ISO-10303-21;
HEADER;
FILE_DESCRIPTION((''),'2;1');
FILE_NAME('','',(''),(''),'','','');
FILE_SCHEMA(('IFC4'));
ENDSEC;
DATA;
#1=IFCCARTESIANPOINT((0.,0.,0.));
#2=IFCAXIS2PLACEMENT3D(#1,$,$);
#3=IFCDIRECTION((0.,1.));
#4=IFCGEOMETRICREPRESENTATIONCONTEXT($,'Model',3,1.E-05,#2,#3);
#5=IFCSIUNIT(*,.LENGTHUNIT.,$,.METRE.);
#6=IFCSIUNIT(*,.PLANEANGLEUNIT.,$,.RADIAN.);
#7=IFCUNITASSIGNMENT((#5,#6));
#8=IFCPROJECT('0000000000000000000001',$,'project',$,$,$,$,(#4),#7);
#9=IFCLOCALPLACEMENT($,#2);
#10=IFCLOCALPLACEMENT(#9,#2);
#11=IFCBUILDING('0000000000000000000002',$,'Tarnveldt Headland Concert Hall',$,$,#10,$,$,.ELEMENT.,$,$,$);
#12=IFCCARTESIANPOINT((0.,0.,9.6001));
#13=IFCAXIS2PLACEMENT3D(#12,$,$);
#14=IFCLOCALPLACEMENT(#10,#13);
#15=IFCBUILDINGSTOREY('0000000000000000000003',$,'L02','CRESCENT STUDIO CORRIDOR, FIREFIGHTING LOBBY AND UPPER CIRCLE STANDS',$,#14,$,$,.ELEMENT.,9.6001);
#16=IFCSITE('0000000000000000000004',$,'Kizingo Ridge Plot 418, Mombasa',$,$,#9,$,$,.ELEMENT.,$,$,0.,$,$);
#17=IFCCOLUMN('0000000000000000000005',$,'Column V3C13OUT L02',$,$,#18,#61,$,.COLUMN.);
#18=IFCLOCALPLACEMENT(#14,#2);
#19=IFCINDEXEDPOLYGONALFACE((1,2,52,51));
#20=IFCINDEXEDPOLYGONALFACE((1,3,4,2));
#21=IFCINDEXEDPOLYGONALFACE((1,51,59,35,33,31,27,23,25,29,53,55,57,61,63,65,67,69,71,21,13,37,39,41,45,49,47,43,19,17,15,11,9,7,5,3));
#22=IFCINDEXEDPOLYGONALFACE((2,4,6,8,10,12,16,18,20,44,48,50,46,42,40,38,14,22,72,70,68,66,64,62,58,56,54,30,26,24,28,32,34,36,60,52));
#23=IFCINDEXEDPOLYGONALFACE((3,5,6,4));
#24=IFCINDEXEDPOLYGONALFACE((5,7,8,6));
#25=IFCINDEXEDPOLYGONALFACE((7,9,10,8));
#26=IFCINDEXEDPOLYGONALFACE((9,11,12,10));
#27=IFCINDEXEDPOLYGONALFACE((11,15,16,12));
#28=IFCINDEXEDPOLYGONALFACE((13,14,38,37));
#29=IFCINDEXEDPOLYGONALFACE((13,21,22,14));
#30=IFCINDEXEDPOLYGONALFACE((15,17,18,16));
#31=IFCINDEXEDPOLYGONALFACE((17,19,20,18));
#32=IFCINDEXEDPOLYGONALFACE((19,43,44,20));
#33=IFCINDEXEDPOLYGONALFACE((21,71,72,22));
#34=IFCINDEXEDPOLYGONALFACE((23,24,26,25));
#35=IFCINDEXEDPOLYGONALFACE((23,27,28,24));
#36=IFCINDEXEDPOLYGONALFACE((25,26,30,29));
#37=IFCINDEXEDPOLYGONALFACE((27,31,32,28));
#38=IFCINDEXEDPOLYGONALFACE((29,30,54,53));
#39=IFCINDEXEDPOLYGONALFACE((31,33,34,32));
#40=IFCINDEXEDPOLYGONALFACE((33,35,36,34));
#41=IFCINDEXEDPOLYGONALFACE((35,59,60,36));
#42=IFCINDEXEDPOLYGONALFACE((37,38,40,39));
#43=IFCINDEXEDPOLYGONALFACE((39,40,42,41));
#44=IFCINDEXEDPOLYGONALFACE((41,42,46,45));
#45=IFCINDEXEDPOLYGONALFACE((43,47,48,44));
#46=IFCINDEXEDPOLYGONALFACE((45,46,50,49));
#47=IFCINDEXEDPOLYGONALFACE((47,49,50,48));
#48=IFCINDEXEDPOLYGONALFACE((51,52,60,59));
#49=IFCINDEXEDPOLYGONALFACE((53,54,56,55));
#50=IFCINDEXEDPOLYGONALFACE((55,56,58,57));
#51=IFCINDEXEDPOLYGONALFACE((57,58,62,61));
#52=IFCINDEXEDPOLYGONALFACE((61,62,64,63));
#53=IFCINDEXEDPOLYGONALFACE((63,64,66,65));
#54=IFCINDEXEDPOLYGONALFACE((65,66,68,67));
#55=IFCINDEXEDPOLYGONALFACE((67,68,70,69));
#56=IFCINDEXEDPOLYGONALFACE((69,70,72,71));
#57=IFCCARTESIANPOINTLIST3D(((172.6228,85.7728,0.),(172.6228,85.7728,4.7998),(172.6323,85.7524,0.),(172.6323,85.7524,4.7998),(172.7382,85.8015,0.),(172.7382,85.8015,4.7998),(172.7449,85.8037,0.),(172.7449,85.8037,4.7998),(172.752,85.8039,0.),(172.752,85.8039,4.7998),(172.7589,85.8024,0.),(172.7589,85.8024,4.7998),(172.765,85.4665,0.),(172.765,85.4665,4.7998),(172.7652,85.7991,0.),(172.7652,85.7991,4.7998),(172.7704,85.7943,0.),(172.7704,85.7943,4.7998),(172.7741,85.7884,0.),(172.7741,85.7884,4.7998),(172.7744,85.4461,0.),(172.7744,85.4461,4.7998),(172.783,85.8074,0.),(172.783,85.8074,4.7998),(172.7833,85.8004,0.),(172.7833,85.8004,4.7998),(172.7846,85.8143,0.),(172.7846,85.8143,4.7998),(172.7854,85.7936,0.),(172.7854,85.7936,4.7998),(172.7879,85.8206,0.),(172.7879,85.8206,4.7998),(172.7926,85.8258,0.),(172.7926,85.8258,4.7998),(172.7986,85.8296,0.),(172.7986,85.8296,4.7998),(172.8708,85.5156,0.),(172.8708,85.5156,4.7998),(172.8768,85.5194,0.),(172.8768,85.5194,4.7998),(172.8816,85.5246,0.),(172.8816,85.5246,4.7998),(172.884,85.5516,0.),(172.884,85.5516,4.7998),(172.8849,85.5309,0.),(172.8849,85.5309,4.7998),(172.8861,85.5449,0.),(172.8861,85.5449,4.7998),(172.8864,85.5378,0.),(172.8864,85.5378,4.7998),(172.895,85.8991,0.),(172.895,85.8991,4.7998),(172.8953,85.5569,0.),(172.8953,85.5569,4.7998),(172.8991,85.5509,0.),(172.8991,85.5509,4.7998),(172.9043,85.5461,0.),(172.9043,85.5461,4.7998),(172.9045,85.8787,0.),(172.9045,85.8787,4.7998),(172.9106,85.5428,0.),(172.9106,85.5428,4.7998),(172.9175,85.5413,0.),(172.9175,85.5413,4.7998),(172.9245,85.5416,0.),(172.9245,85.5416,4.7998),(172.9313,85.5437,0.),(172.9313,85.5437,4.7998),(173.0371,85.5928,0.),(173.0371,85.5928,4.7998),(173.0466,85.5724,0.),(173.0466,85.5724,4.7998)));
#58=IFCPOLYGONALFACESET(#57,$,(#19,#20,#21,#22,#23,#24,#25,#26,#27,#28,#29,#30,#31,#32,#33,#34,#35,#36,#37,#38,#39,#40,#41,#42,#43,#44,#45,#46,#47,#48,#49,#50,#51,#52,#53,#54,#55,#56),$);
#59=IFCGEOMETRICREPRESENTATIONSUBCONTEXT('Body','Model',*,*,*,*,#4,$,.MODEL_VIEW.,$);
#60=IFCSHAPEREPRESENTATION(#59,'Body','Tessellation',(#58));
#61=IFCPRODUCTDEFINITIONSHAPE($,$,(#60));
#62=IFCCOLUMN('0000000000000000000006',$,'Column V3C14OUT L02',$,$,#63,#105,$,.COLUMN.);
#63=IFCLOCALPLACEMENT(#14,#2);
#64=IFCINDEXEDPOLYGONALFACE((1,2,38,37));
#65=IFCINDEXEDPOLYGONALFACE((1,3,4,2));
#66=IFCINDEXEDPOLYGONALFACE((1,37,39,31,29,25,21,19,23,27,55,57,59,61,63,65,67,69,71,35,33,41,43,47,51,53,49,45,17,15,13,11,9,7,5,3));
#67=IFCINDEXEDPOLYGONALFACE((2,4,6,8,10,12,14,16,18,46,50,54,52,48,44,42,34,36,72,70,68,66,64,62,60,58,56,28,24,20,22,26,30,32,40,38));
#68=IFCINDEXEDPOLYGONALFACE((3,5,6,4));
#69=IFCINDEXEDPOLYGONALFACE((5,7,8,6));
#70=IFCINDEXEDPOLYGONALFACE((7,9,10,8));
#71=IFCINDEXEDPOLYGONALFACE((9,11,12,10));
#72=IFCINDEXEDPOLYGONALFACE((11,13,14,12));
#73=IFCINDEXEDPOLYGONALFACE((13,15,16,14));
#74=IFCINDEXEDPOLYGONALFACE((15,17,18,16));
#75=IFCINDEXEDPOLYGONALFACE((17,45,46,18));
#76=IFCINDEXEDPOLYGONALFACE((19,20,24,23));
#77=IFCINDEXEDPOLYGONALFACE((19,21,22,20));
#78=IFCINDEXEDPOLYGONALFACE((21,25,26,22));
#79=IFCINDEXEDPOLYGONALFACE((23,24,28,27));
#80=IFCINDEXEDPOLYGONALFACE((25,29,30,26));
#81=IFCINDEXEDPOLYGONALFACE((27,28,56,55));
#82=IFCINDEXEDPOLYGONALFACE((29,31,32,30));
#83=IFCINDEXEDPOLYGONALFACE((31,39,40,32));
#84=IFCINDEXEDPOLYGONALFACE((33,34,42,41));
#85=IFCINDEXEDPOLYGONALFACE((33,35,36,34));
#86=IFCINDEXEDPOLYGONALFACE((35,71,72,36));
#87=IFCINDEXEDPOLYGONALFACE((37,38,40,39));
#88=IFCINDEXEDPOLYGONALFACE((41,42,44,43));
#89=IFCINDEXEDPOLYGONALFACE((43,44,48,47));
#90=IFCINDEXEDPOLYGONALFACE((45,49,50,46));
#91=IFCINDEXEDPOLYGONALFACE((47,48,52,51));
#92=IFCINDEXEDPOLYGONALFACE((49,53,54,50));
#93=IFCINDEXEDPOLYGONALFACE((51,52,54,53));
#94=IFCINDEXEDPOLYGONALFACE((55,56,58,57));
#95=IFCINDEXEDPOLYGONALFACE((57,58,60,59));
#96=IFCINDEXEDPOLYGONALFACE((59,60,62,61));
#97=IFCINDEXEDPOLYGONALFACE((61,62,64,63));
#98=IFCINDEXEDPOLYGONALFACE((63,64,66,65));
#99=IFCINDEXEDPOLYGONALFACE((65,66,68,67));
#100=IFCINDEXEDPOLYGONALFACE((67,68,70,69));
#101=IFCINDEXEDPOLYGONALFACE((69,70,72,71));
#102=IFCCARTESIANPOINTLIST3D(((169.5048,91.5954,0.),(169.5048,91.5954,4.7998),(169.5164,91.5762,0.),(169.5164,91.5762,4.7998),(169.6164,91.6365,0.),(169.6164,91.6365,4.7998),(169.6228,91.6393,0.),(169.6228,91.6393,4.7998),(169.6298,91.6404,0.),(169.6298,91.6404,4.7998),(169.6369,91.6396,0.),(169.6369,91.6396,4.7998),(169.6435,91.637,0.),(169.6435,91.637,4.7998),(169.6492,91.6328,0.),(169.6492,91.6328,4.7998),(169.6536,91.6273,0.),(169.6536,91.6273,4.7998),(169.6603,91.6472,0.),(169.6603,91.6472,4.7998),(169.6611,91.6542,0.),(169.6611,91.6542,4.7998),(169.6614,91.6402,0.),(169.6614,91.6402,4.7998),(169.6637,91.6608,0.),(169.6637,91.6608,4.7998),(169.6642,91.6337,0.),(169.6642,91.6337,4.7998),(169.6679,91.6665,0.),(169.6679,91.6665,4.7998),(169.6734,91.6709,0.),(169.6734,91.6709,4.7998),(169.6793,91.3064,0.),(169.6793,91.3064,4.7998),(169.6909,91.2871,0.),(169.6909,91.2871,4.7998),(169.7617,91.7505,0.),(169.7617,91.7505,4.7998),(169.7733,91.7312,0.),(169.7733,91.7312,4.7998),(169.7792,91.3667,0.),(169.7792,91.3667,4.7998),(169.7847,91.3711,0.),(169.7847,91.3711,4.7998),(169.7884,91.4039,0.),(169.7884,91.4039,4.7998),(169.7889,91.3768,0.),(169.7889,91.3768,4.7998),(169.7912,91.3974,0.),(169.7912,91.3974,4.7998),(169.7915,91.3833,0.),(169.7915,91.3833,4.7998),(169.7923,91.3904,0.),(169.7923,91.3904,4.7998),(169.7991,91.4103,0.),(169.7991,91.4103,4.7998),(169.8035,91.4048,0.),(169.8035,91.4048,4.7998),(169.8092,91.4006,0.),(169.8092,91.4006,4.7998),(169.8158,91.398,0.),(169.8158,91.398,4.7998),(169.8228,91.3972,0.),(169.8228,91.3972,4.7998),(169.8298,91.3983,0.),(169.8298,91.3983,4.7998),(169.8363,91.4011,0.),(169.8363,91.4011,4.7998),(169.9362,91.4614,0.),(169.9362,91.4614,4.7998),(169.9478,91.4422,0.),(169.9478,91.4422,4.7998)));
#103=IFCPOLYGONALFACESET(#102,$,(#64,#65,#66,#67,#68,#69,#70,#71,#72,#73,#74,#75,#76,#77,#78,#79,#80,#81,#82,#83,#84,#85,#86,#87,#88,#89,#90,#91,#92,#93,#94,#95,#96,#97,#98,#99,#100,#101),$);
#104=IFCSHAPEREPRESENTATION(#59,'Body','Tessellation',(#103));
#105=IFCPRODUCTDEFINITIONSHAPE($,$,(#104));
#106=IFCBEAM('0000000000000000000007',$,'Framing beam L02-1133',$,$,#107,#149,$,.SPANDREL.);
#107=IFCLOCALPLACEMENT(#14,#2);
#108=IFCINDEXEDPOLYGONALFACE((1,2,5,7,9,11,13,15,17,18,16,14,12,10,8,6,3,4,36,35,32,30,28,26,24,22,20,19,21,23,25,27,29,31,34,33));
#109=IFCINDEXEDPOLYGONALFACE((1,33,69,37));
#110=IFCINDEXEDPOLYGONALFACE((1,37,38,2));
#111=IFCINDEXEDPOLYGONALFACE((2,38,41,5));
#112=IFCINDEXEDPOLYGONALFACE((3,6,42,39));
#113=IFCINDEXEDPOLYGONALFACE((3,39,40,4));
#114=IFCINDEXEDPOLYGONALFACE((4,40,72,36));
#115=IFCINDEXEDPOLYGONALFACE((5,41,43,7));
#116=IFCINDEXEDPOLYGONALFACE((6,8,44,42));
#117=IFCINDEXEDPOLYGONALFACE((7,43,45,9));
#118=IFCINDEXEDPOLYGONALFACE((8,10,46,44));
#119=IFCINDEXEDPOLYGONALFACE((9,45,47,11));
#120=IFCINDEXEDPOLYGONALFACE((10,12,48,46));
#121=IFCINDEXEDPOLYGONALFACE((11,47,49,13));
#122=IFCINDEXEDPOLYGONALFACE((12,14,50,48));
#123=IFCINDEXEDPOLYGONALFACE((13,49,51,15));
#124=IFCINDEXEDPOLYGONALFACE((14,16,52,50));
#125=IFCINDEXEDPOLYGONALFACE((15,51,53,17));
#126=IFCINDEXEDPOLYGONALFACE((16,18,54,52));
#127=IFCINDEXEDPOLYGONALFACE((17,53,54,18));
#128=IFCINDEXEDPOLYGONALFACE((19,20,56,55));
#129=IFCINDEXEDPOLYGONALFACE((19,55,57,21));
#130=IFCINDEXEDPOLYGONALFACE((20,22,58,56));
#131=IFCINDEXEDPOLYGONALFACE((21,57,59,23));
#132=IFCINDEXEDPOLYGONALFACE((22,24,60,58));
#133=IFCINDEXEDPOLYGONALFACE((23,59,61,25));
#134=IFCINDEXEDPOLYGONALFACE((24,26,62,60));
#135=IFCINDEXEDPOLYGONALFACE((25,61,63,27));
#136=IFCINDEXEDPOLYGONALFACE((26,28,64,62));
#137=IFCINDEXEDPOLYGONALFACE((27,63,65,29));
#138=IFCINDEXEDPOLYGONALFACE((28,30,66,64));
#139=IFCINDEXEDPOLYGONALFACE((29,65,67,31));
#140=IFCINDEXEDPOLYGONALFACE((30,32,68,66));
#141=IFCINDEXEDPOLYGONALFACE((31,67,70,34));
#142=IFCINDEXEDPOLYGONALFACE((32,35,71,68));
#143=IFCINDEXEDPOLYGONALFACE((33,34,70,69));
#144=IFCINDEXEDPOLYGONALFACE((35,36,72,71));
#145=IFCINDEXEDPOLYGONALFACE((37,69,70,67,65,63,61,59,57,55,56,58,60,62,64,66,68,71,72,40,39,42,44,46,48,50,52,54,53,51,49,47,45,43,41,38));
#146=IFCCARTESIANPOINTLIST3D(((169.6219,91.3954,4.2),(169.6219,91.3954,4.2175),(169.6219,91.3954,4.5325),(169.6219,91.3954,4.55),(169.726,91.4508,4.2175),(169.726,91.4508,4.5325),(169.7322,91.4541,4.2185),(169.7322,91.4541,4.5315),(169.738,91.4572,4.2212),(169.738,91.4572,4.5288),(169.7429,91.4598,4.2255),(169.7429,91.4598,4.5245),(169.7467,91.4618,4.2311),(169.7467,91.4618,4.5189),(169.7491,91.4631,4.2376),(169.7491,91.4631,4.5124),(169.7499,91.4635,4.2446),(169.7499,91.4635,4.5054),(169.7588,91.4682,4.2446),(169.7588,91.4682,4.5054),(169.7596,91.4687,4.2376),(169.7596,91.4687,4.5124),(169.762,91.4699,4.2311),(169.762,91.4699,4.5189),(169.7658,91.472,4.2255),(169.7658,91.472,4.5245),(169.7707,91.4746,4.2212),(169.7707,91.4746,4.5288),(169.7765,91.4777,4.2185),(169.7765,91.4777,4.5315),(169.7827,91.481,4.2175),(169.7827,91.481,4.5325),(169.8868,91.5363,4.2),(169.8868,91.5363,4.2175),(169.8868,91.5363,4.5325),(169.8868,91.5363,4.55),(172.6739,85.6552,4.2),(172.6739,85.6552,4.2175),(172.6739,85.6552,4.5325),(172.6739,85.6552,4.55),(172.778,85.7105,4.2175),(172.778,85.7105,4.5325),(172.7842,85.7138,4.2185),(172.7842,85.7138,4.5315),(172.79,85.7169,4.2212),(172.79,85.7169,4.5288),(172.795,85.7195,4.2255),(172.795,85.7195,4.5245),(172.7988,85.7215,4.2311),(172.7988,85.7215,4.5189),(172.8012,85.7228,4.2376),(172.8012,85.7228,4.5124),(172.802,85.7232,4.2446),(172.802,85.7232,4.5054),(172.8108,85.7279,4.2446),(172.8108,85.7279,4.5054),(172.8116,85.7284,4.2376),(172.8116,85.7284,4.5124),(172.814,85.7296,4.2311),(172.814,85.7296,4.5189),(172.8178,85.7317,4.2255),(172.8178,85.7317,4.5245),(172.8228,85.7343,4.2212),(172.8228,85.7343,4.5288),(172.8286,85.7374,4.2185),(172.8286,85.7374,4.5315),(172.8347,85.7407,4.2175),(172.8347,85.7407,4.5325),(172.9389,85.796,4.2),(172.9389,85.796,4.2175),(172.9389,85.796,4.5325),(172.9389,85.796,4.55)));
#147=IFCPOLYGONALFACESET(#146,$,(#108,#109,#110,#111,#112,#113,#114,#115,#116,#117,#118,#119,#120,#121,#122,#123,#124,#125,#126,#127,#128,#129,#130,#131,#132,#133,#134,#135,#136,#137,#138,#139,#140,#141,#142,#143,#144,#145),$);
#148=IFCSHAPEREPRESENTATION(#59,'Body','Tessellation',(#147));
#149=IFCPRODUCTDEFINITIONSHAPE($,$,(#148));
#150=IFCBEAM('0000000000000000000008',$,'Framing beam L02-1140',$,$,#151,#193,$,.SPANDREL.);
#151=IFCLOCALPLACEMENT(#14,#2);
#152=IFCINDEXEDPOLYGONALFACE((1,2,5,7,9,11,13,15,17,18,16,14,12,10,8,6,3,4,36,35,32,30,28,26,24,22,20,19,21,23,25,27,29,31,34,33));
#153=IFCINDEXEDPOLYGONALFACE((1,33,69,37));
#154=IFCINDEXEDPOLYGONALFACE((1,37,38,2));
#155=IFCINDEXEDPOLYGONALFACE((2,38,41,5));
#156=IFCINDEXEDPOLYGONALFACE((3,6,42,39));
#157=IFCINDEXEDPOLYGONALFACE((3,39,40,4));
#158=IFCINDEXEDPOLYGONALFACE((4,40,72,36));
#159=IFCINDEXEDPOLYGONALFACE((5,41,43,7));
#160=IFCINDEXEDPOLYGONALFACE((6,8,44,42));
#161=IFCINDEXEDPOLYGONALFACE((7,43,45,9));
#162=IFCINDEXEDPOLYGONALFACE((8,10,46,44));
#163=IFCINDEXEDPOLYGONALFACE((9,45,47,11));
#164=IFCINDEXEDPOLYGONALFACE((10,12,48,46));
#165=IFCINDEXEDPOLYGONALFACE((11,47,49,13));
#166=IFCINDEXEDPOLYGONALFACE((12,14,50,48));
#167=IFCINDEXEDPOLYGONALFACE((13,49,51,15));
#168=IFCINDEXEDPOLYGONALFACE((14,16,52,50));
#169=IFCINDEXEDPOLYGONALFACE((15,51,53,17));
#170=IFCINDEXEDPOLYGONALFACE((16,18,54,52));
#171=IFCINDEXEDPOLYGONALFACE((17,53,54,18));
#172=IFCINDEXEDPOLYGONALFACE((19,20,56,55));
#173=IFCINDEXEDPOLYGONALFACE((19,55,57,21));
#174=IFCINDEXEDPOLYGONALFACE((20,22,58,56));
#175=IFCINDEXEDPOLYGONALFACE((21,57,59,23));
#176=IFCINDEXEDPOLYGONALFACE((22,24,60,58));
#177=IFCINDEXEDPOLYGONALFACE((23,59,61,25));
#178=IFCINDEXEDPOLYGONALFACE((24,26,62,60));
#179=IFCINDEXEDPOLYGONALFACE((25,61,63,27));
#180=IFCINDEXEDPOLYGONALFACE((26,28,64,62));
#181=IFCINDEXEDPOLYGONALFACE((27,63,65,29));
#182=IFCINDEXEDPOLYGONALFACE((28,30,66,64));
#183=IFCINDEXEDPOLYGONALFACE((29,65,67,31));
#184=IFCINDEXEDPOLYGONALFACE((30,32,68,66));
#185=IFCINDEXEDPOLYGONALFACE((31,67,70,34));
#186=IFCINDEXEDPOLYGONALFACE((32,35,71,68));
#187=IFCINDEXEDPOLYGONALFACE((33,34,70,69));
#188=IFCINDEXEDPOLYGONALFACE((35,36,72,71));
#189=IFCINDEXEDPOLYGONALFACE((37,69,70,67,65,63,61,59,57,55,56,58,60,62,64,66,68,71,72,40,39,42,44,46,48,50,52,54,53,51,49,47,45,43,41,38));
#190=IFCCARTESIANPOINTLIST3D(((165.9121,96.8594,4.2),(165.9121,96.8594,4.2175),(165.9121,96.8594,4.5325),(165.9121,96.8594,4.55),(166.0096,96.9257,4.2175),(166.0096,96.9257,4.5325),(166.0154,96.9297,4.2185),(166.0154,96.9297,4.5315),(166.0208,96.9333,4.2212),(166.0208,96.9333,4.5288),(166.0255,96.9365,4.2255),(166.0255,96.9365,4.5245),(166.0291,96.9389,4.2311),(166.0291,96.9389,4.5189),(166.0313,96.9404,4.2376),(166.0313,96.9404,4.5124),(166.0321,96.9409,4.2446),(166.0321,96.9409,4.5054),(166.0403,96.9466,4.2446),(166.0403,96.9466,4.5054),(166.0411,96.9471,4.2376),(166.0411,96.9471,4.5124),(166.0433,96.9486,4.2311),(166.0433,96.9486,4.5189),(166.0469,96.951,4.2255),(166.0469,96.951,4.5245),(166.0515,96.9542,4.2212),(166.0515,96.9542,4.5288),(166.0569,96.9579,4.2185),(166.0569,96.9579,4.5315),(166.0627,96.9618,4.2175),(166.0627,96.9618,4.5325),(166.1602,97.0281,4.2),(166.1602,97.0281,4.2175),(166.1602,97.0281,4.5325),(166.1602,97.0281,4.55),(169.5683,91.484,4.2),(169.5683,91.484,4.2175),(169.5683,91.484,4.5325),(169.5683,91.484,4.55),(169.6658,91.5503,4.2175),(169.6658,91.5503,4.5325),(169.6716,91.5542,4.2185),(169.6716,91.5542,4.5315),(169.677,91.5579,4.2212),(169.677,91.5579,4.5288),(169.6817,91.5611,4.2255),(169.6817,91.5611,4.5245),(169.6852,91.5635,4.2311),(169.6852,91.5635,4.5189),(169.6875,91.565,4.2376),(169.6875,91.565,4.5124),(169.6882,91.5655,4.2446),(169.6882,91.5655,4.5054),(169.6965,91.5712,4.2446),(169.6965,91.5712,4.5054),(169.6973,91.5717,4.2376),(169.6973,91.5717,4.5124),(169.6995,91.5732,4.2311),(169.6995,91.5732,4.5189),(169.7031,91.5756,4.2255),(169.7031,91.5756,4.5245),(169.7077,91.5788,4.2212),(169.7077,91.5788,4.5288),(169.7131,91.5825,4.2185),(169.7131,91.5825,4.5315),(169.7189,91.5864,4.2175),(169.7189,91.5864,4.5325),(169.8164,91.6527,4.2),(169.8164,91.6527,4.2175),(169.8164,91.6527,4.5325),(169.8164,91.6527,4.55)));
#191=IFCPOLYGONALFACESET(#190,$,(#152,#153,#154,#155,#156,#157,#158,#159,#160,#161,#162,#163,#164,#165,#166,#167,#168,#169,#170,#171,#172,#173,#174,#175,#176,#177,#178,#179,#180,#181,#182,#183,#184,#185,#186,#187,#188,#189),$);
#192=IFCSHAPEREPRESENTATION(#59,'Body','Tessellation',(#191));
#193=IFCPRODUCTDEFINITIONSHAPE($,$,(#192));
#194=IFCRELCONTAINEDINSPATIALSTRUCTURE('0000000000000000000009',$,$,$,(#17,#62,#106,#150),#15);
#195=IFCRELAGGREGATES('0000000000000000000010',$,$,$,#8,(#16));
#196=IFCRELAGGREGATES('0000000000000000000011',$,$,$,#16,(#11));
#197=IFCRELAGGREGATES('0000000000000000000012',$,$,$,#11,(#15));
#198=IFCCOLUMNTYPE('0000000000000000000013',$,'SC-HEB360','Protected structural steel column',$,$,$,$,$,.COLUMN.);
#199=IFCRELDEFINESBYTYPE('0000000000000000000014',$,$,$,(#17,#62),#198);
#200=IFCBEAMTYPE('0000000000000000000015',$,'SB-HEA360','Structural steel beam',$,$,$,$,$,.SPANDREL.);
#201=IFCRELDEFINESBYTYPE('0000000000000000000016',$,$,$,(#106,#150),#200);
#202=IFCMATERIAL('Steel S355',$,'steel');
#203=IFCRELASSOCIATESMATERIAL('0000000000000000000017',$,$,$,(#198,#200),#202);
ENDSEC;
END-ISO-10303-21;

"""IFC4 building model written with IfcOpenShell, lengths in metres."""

from ifc_helpers import new_model, si_unit, direction, frame, origin, origin_2d, place, context, subcontext, project, spatial, i_section, extrude, material, material_profile, profile_set, type_object, element, save


model = new_model("IFC4")

# Units and contexts
model_context = context("Model", 3, precision=1e-05, world=origin(), true_north=direction((0.0, 1.0)))
body_context = subcontext(model_context, "Body", "Model", "MODEL_VIEW")
ifc_project = project(units=[si_unit("LENGTHUNIT", "METRE"), si_unit("PLANEANGLEUNIT", "RADIAN")], contexts=[model_context])

# Site, building, storey
site_placement = place(None, origin())
site = spatial("IfcSite", under=ifc_project, at=site_placement, Name="Kizingo Ridge Plot 418, Mombasa", CompositionType="ELEMENT", RefElevation=0.0)
building_placement = place(site_placement, origin())
building = spatial("IfcBuilding", under=site, at=building_placement, Name="Tarnveldt Headland Concert Hall", CompositionType="ELEMENT")
storey_placement = place(building_placement, frame((0.0, 0.0, 9.6001)))
storey = spatial("IfcBuildingStorey", under=building, at=storey_placement, Name="L02", Description="CRESCENT STUDIO CORRIDOR, FIREFIGHTING LOBBY AND UPPER CIRCLE STANDS", CompositionType="ELEMENT", Elevation=9.6001)

# Columns
ifc_material_1 = material(Name="Steel S355", Category="steel")
ifc_material_profile_1 = material_profile(ifc_material_1, i_section(OverallWidth=0.3, OverallDepth=0.3601, WebThickness=0.0125, FlangeThickness=0.0225, FilletRadius=0.0271, at=origin_2d()), Name="HEB360", Category="steel")
ifc_profile_set_1 = profile_set([ifc_material_profile_1], Name="Steel S355")
column_type = type_object("IfcColumnType", Name="SC-HEB360", Description="Protected structural steel column", PredefinedType="COLUMN", material=ifc_profile_set_1)
for number, where, z_axis, x_axis, name in (
    (1, (172.8347, 85.6726, 0.0), (0.0, 0.0, 1.0), (0.907117, 0.420877, 0.0), "Column V3C13OUT L02"),
    (2, (169.7263, 91.5188, 0.0), (0.0, 0.0, 1.0), (0.856177, 0.516683, 0.0), "Column V3C14OUT L02"),
):
    element("IfcColumn", number, at=place(storey_placement, frame(where, z_axis=z_axis, x_axis=x_axis)), inside=storey, type_object=column_type, Name=name, PredefinedType="COLUMN", context=body_context, shape_type="SweptSolid", body=[
        extrude(i_section(OverallWidth=0.3, OverallDepth=0.3601, WebThickness=0.0125, FlangeThickness=0.0225, FilletRadius=0.0271, at=origin_2d()), origin(), (0.0, 0.0, 1.0), 4.7998),
    ])

# Beams
ifc_material_profile_2 = material_profile(ifc_material_1, i_section(OverallWidth=0.3, OverallDepth=0.3501, WebThickness=0.01, FlangeThickness=0.0176, FilletRadius=0.0271, at=origin_2d()), Name="HEA360", Category="steel")
ifc_profile_set_2 = profile_set([ifc_material_profile_2], Name="Steel S355")
beam_type_1 = type_object("IfcBeamType", Name="SB-HEA360", Description="Structural steel beam", PredefinedType="SPANDREL", material=ifc_profile_set_2)
beam_1_placement = place(storey_placement, frame((172.8064, 85.7256, 4.375), z_axis=(-0.469455, 0.882956, 0.0), x_axis=(-0.882956, -0.469455, 0.0)))
element("IfcBeam", 3, at=beam_1_placement, inside=storey, type_object=beam_type_1, Name="Framing beam L02-1133", PredefinedType="SPANDREL", context=body_context, shape_type="SweptSolid", body=[
    extrude(i_section(OverallWidth=0.3, OverallDepth=0.3501, WebThickness=0.01, FlangeThickness=0.0176, FilletRadius=0.0271, at=origin_2d()), origin(), (0.0, 0.0, 1.0), 6.5012),
])
beam_2_placement = place(storey_placement, frame((169.6924, 91.5684, 4.375), z_axis=(-0.562407, 0.826861, 0.0), x_axis=(-0.826861, -0.562407, 0.0)))
element("IfcBeam", 4, at=beam_2_placement, inside=storey, type_object=beam_type_1, Name="Framing beam L02-1140", PredefinedType="SPANDREL", context=body_context, shape_type="SweptSolid", body=[
    extrude(i_section(OverallWidth=0.3, OverallDepth=0.3501, WebThickness=0.01, FlangeThickness=0.0176, FilletRadius=0.0271, at=origin_2d()), origin(), (0.0, 0.0, 1.0), 6.501),
])

save(model, "model.ifc")
